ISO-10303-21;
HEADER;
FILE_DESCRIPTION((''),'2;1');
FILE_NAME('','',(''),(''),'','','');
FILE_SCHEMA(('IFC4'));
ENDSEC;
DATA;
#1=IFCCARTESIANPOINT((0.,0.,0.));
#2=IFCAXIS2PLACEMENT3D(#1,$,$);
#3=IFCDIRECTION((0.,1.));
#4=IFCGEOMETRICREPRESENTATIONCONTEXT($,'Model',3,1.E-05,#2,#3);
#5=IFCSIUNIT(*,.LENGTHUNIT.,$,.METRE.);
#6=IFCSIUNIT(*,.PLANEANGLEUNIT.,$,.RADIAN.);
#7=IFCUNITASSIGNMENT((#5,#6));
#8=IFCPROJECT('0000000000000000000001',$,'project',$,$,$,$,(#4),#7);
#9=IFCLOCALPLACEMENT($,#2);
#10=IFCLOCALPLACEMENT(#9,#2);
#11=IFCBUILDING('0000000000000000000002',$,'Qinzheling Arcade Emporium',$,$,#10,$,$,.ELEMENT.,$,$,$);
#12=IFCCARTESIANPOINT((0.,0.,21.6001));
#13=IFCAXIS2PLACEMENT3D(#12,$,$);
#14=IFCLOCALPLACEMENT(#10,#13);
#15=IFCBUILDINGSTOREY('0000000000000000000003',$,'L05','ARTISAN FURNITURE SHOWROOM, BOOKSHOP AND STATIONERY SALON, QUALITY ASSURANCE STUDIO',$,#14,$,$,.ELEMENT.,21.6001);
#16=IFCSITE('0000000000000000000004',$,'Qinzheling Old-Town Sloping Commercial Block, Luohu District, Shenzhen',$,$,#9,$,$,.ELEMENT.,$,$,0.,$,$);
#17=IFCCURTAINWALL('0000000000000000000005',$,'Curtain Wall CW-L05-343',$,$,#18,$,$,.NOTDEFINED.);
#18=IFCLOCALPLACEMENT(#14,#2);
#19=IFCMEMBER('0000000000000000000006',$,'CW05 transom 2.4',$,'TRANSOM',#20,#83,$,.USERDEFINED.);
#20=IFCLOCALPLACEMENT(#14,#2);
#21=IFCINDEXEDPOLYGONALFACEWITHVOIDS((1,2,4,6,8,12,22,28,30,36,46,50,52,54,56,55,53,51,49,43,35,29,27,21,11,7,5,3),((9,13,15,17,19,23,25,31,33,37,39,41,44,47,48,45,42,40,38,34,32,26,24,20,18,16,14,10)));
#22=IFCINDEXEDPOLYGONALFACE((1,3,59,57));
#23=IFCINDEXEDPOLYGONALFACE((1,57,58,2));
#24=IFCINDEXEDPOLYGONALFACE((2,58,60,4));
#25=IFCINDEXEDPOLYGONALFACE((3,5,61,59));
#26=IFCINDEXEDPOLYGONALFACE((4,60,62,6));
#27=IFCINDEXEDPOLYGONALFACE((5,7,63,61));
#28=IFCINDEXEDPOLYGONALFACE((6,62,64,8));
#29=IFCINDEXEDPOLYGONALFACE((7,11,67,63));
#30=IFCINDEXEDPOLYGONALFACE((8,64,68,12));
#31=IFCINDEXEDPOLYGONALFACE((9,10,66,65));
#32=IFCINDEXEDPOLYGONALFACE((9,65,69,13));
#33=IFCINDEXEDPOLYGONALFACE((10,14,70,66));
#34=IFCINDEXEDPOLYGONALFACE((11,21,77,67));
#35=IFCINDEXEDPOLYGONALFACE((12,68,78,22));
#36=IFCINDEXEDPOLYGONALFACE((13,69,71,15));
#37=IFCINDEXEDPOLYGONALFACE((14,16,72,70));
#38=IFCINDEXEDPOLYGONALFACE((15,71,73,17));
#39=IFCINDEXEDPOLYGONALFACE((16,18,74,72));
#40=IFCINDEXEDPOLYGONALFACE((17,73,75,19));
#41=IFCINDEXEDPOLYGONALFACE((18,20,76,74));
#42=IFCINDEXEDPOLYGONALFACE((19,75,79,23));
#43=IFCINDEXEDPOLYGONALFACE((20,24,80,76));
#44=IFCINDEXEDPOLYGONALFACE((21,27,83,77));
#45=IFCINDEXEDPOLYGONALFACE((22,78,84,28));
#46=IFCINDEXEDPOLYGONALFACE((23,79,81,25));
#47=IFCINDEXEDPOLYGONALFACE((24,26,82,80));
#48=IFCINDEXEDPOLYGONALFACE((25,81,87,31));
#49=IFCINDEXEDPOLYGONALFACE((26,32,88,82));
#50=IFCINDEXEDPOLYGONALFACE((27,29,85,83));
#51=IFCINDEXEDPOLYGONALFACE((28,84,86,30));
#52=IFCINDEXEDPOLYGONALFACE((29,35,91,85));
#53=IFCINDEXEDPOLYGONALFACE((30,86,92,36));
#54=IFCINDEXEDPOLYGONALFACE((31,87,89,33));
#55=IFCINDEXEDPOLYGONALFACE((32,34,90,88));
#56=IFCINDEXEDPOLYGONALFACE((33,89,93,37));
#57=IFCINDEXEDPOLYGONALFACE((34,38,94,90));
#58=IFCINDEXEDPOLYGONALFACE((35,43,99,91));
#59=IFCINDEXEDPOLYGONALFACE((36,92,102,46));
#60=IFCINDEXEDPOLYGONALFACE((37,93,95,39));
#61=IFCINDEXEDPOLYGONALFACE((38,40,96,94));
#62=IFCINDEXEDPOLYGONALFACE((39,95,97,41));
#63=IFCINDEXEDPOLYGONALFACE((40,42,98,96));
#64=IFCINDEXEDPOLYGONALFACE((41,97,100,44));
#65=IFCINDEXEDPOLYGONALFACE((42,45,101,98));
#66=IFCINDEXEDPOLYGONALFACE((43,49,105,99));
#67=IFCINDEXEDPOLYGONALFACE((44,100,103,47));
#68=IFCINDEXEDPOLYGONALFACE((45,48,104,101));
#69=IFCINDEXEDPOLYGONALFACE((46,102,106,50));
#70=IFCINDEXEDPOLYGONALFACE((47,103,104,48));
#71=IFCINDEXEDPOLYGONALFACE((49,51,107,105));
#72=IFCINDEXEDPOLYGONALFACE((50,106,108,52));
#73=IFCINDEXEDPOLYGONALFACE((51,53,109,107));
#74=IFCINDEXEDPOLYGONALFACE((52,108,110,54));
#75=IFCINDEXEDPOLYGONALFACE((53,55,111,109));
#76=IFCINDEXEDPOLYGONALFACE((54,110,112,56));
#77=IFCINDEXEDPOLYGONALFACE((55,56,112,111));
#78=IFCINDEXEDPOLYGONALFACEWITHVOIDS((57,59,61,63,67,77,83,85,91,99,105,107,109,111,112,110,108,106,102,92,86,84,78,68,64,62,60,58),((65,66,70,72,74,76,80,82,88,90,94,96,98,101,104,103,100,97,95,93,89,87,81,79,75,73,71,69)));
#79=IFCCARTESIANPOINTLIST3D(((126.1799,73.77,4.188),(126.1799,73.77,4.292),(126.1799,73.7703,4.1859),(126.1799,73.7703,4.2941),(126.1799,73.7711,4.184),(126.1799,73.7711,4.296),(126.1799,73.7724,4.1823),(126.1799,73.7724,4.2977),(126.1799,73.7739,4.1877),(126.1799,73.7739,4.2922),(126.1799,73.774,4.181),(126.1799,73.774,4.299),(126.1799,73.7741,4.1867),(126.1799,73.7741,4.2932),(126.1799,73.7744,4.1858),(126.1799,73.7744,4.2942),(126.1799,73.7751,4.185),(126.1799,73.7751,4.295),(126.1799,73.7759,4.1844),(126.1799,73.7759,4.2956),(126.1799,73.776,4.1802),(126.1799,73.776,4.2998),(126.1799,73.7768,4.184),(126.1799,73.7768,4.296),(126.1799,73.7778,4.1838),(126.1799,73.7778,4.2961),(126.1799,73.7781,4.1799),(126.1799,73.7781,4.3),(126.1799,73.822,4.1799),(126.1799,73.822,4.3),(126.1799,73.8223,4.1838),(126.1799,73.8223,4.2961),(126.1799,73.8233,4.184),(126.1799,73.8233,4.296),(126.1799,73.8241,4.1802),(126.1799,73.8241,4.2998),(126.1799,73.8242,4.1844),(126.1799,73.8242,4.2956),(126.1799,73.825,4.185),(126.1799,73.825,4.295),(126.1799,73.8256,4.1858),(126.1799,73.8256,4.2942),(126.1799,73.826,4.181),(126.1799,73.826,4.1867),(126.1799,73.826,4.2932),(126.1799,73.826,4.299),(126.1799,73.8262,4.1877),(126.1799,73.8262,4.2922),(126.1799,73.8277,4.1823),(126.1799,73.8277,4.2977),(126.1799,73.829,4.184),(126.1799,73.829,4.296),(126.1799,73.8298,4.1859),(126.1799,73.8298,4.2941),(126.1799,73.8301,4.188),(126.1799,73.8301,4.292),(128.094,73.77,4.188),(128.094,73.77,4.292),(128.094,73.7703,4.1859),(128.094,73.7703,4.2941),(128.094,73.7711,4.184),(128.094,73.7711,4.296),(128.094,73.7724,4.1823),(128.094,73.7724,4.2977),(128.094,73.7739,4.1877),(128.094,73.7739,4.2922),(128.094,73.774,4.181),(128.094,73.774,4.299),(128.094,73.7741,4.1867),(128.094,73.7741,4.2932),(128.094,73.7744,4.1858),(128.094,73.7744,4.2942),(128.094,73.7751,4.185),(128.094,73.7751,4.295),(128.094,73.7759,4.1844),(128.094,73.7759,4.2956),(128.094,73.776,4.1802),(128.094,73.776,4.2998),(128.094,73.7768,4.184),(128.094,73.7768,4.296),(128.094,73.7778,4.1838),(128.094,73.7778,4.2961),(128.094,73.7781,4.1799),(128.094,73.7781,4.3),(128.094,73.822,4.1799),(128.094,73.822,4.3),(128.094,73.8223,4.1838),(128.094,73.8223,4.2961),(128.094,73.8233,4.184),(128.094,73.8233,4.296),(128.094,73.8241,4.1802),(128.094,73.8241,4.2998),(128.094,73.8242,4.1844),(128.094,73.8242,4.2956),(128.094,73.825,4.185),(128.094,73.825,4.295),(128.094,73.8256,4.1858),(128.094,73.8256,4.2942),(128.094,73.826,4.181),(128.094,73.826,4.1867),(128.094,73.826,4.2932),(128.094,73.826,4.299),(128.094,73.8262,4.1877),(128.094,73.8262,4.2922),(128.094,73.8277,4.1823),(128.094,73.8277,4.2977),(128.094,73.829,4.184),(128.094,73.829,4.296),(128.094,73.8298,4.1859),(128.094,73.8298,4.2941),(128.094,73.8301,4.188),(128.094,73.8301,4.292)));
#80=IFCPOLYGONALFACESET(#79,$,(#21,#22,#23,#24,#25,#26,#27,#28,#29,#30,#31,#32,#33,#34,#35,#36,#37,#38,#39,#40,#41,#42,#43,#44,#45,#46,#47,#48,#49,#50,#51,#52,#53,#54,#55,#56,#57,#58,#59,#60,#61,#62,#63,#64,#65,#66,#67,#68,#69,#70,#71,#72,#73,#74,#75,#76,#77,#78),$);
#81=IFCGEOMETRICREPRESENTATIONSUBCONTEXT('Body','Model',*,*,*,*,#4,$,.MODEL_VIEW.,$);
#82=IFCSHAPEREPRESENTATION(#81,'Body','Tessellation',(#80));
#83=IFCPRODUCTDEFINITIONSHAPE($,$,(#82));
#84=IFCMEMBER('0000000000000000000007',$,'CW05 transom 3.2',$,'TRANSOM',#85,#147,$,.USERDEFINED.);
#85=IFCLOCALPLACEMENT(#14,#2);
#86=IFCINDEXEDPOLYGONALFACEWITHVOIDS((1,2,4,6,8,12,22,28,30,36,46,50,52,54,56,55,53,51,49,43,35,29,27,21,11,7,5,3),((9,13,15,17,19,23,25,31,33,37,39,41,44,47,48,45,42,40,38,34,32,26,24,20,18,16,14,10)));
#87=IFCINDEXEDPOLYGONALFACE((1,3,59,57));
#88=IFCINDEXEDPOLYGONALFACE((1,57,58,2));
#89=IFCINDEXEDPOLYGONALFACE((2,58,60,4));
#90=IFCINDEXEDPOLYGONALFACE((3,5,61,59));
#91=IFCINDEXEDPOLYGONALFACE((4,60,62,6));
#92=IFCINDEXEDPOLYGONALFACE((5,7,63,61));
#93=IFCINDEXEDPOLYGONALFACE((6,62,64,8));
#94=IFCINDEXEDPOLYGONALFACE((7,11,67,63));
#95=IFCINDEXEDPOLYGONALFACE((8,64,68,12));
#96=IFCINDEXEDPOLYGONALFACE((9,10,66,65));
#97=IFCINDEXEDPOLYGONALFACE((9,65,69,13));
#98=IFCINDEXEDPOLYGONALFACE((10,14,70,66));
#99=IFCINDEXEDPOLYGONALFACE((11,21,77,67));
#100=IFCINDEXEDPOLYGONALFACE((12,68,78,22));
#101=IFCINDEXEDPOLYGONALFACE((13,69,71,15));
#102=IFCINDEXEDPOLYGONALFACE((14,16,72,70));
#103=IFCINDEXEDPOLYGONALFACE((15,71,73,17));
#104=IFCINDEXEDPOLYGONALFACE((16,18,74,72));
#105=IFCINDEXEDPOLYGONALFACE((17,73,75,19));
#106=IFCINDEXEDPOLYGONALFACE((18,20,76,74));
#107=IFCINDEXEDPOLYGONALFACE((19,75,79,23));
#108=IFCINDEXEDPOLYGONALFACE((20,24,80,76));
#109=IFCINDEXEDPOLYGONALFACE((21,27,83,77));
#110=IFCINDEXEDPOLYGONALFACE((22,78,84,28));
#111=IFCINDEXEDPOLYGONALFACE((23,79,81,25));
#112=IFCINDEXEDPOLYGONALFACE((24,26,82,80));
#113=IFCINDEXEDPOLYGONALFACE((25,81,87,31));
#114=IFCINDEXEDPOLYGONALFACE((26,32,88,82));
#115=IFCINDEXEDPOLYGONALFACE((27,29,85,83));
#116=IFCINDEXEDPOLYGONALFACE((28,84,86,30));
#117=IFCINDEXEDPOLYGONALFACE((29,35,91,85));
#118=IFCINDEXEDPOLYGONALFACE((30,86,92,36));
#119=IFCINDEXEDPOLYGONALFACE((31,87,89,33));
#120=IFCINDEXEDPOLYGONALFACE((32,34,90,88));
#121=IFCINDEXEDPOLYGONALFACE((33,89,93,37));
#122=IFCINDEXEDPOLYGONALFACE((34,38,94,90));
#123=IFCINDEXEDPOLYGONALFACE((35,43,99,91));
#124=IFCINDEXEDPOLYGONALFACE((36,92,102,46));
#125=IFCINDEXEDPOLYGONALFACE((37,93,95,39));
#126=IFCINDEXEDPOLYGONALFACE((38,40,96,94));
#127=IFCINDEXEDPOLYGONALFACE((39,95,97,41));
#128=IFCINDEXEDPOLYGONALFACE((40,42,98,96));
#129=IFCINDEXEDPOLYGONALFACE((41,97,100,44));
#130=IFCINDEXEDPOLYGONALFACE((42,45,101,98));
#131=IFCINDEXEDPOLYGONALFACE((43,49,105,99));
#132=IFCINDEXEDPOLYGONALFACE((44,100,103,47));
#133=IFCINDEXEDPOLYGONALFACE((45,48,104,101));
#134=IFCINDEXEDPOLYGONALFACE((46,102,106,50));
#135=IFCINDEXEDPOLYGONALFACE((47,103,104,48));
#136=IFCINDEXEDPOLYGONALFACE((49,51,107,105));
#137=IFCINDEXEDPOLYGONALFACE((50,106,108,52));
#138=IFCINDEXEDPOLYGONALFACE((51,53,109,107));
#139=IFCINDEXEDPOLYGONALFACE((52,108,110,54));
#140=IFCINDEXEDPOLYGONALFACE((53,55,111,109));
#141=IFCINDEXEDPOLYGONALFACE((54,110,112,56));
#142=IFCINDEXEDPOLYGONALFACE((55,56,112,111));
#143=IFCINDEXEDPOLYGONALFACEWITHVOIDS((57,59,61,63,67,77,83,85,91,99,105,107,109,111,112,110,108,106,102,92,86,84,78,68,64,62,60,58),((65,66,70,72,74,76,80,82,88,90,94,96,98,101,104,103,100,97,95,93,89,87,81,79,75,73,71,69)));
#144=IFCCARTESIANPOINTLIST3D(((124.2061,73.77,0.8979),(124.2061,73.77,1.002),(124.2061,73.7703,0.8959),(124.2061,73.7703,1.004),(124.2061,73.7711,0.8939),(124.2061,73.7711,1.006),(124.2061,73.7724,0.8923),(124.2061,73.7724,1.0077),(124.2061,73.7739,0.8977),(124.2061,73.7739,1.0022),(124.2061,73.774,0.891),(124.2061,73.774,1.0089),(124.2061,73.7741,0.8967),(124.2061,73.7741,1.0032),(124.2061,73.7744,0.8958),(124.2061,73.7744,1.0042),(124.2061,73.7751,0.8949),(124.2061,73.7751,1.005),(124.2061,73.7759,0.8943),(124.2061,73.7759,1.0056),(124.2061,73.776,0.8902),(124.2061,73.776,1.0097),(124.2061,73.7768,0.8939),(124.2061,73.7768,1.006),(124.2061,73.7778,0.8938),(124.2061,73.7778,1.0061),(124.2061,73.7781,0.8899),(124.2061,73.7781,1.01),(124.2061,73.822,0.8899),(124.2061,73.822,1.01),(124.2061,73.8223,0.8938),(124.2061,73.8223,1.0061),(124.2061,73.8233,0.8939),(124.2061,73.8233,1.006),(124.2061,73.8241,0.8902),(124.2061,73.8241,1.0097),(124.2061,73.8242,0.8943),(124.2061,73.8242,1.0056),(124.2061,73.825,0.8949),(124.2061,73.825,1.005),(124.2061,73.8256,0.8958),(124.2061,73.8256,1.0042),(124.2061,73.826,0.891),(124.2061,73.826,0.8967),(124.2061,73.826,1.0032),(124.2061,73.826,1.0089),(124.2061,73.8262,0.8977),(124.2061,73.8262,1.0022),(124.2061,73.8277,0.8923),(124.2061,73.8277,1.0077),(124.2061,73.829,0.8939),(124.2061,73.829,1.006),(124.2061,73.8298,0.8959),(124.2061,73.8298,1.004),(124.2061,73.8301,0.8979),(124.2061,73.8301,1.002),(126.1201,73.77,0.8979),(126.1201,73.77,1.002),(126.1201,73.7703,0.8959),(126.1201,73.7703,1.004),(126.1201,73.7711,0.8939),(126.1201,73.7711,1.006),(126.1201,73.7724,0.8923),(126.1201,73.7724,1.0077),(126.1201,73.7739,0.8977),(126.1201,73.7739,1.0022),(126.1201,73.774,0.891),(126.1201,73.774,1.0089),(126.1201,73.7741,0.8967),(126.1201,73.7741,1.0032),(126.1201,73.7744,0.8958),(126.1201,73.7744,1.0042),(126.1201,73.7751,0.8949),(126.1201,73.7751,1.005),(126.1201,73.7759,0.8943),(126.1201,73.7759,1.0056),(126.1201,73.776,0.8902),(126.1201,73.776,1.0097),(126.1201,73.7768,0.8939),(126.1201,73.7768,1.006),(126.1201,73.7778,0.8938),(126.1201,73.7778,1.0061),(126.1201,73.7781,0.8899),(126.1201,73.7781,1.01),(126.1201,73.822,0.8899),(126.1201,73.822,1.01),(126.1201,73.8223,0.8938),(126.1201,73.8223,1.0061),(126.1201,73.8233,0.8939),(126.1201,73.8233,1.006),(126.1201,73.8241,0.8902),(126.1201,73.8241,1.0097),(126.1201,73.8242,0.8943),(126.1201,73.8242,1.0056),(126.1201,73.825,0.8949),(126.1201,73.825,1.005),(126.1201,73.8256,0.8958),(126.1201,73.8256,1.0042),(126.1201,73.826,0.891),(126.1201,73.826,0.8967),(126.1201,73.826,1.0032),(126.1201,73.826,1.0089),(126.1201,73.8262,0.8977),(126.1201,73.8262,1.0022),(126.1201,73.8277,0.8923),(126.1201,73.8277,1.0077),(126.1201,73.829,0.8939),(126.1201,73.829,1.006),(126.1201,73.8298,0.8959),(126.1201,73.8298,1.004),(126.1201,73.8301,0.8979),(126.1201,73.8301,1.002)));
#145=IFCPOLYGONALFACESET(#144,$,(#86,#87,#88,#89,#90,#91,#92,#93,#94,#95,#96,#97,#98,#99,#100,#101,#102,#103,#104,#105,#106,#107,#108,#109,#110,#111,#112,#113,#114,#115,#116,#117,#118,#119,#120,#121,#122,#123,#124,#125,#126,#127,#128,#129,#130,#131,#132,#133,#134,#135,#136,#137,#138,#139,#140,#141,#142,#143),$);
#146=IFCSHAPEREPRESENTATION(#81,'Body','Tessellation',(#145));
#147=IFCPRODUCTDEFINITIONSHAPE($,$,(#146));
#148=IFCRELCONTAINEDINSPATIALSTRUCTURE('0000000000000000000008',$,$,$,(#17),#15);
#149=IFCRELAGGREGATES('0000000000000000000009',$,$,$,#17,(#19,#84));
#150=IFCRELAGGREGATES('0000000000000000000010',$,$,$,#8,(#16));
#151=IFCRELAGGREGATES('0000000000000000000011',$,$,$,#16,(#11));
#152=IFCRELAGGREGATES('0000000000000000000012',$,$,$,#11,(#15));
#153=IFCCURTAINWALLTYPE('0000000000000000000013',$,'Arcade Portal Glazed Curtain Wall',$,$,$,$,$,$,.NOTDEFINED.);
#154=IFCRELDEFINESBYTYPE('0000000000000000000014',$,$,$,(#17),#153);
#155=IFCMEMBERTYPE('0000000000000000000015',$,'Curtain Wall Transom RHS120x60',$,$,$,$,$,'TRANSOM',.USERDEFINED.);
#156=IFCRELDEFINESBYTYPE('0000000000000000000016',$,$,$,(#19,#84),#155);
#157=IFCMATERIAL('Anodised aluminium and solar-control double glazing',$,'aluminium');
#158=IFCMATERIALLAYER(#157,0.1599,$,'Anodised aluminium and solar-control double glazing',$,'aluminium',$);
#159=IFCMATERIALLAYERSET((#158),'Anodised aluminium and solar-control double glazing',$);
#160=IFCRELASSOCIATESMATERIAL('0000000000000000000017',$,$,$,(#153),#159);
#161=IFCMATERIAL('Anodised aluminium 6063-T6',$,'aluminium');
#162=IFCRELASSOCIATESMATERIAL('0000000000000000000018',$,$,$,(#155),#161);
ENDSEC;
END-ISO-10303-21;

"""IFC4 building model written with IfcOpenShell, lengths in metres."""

from ifc_helpers import new_model, si_unit, direction, frame, origin, origin_2d, place, context, subcontext, project, spatial, hollow_rectangle, extrude, material, layer, layer_set, material_profile, profile_set, type_object, element, aggregate, save


model = new_model("IFC4")

# Units and contexts
model_context = context("Model", 3, precision=1e-05, world=origin(), true_north=direction((0.0, 1.0)))
body_context = subcontext(model_context, "Body", "Model", "MODEL_VIEW")
ifc_project = project(units=[si_unit("LENGTHUNIT", "METRE"), si_unit("PLANEANGLEUNIT", "RADIAN")], contexts=[model_context])

# Site, building, storey
site_placement = place(None, origin())
site = spatial("IfcSite", under=ifc_project, at=site_placement, Name="Qinzheling Old-Town Sloping Commercial Block, Luohu District, Shenzhen", CompositionType="ELEMENT", RefElevation=0.0)
building_placement = place(site_placement, origin())
building = spatial("IfcBuilding", under=site, at=building_placement, Name="Qinzheling Arcade Emporium", CompositionType="ELEMENT")
storey_placement = place(building_placement, frame((0.0, 0.0, 21.6001)))
storey = spatial("IfcBuildingStorey", under=building, at=storey_placement, Name="L05", Description="ARTISAN FURNITURE SHOWROOM, BOOKSHOP AND STATIONERY SALON, QUALITY ASSURANCE STUDIO", CompositionType="ELEMENT", Elevation=21.6001)

# Curtain wall, members
ifc_material_1 = material(Name="Anodised aluminium and solar-control double glazing", Category="aluminium")
ifc_layer_1 = layer(ifc_material_1, 0.1599, Name="Anodised aluminium and solar-control double glazing", Category="aluminium")
ifc_layer_set_1 = layer_set([ifc_layer_1], Name="Anodised aluminium and solar-control double glazing")
curtain_wall_type = type_object("IfcCurtainWallType", Name="Arcade Portal Glazed Curtain Wall", PredefinedType="NOTDEFINED", material=ifc_layer_set_1)
curtain_wall_placement = place(storey_placement, origin())
curtain_wall = element("IfcCurtainWall", 1, at=curtain_wall_placement, inside=storey, type_object=curtain_wall_type, Name="Curtain Wall CW-L05-343", PredefinedType="NOTDEFINED")
ifc_material_2 = material(Name="Anodised aluminium 6063-T6", Category="aluminium")
ifc_material_profile_1 = material_profile(ifc_material_2, hollow_rectangle(XDim=0.0601, YDim=0.1201, WallThickness=0.0039, InnerFilletRadius=0.0039, OuterFilletRadius=0.0081, at=origin_2d()), Name="RHS 120x60x4", Category="aluminium")
ifc_profile_set_1 = profile_set([ifc_material_profile_1], Name="Anodised aluminium 6063-T6")
member_type_1 = type_object("IfcMemberType", Name="Curtain Wall Transom RHS120x60", ElementType="TRANSOM", PredefinedType="USERDEFINED", material=ifc_profile_set_1)
member_1_placement = place(storey_placement, frame((128.094, 73.8, 4.24), z_axis=(-1.0, 0.0, 0.0), x_axis=(0.0, -1.0, 0.0)))
member_1 = element("IfcMember", 2, at=member_1_placement, type_object=member_type_1, Name="CW05 transom 2.4", ObjectType="TRANSOM", PredefinedType="USERDEFINED", context=body_context, shape_type="SweptSolid", body=[
    extrude(hollow_rectangle(XDim=0.0601, YDim=0.1201, WallThickness=0.0039, InnerFilletRadius=0.0039, OuterFilletRadius=0.0081, at=origin_2d()), origin(), (0.0, 0.0, 1.0), 1.9141),
])
member_2_placement = place(storey_placement, frame((126.1201, 73.8, 0.95), z_axis=(-1.0, 0.0, 0.0), x_axis=(0.0, -1.0, 0.0)))
member_2 = element("IfcMember", 3, at=member_2_placement, type_object=member_type_1, Name="CW05 transom 3.2", ObjectType="TRANSOM", PredefinedType="USERDEFINED", context=body_context, shape_type="SweptSolid", body=[
    extrude(hollow_rectangle(XDim=0.0601, YDim=0.1201, WallThickness=0.0039, InnerFilletRadius=0.0039, OuterFilletRadius=0.0081, at=origin_2d()), origin(), (0.0, 0.0, 1.0), 1.9141),
])

aggregate(curtain_wall, [member_1, member_2])

save(model, "model.ifc")
